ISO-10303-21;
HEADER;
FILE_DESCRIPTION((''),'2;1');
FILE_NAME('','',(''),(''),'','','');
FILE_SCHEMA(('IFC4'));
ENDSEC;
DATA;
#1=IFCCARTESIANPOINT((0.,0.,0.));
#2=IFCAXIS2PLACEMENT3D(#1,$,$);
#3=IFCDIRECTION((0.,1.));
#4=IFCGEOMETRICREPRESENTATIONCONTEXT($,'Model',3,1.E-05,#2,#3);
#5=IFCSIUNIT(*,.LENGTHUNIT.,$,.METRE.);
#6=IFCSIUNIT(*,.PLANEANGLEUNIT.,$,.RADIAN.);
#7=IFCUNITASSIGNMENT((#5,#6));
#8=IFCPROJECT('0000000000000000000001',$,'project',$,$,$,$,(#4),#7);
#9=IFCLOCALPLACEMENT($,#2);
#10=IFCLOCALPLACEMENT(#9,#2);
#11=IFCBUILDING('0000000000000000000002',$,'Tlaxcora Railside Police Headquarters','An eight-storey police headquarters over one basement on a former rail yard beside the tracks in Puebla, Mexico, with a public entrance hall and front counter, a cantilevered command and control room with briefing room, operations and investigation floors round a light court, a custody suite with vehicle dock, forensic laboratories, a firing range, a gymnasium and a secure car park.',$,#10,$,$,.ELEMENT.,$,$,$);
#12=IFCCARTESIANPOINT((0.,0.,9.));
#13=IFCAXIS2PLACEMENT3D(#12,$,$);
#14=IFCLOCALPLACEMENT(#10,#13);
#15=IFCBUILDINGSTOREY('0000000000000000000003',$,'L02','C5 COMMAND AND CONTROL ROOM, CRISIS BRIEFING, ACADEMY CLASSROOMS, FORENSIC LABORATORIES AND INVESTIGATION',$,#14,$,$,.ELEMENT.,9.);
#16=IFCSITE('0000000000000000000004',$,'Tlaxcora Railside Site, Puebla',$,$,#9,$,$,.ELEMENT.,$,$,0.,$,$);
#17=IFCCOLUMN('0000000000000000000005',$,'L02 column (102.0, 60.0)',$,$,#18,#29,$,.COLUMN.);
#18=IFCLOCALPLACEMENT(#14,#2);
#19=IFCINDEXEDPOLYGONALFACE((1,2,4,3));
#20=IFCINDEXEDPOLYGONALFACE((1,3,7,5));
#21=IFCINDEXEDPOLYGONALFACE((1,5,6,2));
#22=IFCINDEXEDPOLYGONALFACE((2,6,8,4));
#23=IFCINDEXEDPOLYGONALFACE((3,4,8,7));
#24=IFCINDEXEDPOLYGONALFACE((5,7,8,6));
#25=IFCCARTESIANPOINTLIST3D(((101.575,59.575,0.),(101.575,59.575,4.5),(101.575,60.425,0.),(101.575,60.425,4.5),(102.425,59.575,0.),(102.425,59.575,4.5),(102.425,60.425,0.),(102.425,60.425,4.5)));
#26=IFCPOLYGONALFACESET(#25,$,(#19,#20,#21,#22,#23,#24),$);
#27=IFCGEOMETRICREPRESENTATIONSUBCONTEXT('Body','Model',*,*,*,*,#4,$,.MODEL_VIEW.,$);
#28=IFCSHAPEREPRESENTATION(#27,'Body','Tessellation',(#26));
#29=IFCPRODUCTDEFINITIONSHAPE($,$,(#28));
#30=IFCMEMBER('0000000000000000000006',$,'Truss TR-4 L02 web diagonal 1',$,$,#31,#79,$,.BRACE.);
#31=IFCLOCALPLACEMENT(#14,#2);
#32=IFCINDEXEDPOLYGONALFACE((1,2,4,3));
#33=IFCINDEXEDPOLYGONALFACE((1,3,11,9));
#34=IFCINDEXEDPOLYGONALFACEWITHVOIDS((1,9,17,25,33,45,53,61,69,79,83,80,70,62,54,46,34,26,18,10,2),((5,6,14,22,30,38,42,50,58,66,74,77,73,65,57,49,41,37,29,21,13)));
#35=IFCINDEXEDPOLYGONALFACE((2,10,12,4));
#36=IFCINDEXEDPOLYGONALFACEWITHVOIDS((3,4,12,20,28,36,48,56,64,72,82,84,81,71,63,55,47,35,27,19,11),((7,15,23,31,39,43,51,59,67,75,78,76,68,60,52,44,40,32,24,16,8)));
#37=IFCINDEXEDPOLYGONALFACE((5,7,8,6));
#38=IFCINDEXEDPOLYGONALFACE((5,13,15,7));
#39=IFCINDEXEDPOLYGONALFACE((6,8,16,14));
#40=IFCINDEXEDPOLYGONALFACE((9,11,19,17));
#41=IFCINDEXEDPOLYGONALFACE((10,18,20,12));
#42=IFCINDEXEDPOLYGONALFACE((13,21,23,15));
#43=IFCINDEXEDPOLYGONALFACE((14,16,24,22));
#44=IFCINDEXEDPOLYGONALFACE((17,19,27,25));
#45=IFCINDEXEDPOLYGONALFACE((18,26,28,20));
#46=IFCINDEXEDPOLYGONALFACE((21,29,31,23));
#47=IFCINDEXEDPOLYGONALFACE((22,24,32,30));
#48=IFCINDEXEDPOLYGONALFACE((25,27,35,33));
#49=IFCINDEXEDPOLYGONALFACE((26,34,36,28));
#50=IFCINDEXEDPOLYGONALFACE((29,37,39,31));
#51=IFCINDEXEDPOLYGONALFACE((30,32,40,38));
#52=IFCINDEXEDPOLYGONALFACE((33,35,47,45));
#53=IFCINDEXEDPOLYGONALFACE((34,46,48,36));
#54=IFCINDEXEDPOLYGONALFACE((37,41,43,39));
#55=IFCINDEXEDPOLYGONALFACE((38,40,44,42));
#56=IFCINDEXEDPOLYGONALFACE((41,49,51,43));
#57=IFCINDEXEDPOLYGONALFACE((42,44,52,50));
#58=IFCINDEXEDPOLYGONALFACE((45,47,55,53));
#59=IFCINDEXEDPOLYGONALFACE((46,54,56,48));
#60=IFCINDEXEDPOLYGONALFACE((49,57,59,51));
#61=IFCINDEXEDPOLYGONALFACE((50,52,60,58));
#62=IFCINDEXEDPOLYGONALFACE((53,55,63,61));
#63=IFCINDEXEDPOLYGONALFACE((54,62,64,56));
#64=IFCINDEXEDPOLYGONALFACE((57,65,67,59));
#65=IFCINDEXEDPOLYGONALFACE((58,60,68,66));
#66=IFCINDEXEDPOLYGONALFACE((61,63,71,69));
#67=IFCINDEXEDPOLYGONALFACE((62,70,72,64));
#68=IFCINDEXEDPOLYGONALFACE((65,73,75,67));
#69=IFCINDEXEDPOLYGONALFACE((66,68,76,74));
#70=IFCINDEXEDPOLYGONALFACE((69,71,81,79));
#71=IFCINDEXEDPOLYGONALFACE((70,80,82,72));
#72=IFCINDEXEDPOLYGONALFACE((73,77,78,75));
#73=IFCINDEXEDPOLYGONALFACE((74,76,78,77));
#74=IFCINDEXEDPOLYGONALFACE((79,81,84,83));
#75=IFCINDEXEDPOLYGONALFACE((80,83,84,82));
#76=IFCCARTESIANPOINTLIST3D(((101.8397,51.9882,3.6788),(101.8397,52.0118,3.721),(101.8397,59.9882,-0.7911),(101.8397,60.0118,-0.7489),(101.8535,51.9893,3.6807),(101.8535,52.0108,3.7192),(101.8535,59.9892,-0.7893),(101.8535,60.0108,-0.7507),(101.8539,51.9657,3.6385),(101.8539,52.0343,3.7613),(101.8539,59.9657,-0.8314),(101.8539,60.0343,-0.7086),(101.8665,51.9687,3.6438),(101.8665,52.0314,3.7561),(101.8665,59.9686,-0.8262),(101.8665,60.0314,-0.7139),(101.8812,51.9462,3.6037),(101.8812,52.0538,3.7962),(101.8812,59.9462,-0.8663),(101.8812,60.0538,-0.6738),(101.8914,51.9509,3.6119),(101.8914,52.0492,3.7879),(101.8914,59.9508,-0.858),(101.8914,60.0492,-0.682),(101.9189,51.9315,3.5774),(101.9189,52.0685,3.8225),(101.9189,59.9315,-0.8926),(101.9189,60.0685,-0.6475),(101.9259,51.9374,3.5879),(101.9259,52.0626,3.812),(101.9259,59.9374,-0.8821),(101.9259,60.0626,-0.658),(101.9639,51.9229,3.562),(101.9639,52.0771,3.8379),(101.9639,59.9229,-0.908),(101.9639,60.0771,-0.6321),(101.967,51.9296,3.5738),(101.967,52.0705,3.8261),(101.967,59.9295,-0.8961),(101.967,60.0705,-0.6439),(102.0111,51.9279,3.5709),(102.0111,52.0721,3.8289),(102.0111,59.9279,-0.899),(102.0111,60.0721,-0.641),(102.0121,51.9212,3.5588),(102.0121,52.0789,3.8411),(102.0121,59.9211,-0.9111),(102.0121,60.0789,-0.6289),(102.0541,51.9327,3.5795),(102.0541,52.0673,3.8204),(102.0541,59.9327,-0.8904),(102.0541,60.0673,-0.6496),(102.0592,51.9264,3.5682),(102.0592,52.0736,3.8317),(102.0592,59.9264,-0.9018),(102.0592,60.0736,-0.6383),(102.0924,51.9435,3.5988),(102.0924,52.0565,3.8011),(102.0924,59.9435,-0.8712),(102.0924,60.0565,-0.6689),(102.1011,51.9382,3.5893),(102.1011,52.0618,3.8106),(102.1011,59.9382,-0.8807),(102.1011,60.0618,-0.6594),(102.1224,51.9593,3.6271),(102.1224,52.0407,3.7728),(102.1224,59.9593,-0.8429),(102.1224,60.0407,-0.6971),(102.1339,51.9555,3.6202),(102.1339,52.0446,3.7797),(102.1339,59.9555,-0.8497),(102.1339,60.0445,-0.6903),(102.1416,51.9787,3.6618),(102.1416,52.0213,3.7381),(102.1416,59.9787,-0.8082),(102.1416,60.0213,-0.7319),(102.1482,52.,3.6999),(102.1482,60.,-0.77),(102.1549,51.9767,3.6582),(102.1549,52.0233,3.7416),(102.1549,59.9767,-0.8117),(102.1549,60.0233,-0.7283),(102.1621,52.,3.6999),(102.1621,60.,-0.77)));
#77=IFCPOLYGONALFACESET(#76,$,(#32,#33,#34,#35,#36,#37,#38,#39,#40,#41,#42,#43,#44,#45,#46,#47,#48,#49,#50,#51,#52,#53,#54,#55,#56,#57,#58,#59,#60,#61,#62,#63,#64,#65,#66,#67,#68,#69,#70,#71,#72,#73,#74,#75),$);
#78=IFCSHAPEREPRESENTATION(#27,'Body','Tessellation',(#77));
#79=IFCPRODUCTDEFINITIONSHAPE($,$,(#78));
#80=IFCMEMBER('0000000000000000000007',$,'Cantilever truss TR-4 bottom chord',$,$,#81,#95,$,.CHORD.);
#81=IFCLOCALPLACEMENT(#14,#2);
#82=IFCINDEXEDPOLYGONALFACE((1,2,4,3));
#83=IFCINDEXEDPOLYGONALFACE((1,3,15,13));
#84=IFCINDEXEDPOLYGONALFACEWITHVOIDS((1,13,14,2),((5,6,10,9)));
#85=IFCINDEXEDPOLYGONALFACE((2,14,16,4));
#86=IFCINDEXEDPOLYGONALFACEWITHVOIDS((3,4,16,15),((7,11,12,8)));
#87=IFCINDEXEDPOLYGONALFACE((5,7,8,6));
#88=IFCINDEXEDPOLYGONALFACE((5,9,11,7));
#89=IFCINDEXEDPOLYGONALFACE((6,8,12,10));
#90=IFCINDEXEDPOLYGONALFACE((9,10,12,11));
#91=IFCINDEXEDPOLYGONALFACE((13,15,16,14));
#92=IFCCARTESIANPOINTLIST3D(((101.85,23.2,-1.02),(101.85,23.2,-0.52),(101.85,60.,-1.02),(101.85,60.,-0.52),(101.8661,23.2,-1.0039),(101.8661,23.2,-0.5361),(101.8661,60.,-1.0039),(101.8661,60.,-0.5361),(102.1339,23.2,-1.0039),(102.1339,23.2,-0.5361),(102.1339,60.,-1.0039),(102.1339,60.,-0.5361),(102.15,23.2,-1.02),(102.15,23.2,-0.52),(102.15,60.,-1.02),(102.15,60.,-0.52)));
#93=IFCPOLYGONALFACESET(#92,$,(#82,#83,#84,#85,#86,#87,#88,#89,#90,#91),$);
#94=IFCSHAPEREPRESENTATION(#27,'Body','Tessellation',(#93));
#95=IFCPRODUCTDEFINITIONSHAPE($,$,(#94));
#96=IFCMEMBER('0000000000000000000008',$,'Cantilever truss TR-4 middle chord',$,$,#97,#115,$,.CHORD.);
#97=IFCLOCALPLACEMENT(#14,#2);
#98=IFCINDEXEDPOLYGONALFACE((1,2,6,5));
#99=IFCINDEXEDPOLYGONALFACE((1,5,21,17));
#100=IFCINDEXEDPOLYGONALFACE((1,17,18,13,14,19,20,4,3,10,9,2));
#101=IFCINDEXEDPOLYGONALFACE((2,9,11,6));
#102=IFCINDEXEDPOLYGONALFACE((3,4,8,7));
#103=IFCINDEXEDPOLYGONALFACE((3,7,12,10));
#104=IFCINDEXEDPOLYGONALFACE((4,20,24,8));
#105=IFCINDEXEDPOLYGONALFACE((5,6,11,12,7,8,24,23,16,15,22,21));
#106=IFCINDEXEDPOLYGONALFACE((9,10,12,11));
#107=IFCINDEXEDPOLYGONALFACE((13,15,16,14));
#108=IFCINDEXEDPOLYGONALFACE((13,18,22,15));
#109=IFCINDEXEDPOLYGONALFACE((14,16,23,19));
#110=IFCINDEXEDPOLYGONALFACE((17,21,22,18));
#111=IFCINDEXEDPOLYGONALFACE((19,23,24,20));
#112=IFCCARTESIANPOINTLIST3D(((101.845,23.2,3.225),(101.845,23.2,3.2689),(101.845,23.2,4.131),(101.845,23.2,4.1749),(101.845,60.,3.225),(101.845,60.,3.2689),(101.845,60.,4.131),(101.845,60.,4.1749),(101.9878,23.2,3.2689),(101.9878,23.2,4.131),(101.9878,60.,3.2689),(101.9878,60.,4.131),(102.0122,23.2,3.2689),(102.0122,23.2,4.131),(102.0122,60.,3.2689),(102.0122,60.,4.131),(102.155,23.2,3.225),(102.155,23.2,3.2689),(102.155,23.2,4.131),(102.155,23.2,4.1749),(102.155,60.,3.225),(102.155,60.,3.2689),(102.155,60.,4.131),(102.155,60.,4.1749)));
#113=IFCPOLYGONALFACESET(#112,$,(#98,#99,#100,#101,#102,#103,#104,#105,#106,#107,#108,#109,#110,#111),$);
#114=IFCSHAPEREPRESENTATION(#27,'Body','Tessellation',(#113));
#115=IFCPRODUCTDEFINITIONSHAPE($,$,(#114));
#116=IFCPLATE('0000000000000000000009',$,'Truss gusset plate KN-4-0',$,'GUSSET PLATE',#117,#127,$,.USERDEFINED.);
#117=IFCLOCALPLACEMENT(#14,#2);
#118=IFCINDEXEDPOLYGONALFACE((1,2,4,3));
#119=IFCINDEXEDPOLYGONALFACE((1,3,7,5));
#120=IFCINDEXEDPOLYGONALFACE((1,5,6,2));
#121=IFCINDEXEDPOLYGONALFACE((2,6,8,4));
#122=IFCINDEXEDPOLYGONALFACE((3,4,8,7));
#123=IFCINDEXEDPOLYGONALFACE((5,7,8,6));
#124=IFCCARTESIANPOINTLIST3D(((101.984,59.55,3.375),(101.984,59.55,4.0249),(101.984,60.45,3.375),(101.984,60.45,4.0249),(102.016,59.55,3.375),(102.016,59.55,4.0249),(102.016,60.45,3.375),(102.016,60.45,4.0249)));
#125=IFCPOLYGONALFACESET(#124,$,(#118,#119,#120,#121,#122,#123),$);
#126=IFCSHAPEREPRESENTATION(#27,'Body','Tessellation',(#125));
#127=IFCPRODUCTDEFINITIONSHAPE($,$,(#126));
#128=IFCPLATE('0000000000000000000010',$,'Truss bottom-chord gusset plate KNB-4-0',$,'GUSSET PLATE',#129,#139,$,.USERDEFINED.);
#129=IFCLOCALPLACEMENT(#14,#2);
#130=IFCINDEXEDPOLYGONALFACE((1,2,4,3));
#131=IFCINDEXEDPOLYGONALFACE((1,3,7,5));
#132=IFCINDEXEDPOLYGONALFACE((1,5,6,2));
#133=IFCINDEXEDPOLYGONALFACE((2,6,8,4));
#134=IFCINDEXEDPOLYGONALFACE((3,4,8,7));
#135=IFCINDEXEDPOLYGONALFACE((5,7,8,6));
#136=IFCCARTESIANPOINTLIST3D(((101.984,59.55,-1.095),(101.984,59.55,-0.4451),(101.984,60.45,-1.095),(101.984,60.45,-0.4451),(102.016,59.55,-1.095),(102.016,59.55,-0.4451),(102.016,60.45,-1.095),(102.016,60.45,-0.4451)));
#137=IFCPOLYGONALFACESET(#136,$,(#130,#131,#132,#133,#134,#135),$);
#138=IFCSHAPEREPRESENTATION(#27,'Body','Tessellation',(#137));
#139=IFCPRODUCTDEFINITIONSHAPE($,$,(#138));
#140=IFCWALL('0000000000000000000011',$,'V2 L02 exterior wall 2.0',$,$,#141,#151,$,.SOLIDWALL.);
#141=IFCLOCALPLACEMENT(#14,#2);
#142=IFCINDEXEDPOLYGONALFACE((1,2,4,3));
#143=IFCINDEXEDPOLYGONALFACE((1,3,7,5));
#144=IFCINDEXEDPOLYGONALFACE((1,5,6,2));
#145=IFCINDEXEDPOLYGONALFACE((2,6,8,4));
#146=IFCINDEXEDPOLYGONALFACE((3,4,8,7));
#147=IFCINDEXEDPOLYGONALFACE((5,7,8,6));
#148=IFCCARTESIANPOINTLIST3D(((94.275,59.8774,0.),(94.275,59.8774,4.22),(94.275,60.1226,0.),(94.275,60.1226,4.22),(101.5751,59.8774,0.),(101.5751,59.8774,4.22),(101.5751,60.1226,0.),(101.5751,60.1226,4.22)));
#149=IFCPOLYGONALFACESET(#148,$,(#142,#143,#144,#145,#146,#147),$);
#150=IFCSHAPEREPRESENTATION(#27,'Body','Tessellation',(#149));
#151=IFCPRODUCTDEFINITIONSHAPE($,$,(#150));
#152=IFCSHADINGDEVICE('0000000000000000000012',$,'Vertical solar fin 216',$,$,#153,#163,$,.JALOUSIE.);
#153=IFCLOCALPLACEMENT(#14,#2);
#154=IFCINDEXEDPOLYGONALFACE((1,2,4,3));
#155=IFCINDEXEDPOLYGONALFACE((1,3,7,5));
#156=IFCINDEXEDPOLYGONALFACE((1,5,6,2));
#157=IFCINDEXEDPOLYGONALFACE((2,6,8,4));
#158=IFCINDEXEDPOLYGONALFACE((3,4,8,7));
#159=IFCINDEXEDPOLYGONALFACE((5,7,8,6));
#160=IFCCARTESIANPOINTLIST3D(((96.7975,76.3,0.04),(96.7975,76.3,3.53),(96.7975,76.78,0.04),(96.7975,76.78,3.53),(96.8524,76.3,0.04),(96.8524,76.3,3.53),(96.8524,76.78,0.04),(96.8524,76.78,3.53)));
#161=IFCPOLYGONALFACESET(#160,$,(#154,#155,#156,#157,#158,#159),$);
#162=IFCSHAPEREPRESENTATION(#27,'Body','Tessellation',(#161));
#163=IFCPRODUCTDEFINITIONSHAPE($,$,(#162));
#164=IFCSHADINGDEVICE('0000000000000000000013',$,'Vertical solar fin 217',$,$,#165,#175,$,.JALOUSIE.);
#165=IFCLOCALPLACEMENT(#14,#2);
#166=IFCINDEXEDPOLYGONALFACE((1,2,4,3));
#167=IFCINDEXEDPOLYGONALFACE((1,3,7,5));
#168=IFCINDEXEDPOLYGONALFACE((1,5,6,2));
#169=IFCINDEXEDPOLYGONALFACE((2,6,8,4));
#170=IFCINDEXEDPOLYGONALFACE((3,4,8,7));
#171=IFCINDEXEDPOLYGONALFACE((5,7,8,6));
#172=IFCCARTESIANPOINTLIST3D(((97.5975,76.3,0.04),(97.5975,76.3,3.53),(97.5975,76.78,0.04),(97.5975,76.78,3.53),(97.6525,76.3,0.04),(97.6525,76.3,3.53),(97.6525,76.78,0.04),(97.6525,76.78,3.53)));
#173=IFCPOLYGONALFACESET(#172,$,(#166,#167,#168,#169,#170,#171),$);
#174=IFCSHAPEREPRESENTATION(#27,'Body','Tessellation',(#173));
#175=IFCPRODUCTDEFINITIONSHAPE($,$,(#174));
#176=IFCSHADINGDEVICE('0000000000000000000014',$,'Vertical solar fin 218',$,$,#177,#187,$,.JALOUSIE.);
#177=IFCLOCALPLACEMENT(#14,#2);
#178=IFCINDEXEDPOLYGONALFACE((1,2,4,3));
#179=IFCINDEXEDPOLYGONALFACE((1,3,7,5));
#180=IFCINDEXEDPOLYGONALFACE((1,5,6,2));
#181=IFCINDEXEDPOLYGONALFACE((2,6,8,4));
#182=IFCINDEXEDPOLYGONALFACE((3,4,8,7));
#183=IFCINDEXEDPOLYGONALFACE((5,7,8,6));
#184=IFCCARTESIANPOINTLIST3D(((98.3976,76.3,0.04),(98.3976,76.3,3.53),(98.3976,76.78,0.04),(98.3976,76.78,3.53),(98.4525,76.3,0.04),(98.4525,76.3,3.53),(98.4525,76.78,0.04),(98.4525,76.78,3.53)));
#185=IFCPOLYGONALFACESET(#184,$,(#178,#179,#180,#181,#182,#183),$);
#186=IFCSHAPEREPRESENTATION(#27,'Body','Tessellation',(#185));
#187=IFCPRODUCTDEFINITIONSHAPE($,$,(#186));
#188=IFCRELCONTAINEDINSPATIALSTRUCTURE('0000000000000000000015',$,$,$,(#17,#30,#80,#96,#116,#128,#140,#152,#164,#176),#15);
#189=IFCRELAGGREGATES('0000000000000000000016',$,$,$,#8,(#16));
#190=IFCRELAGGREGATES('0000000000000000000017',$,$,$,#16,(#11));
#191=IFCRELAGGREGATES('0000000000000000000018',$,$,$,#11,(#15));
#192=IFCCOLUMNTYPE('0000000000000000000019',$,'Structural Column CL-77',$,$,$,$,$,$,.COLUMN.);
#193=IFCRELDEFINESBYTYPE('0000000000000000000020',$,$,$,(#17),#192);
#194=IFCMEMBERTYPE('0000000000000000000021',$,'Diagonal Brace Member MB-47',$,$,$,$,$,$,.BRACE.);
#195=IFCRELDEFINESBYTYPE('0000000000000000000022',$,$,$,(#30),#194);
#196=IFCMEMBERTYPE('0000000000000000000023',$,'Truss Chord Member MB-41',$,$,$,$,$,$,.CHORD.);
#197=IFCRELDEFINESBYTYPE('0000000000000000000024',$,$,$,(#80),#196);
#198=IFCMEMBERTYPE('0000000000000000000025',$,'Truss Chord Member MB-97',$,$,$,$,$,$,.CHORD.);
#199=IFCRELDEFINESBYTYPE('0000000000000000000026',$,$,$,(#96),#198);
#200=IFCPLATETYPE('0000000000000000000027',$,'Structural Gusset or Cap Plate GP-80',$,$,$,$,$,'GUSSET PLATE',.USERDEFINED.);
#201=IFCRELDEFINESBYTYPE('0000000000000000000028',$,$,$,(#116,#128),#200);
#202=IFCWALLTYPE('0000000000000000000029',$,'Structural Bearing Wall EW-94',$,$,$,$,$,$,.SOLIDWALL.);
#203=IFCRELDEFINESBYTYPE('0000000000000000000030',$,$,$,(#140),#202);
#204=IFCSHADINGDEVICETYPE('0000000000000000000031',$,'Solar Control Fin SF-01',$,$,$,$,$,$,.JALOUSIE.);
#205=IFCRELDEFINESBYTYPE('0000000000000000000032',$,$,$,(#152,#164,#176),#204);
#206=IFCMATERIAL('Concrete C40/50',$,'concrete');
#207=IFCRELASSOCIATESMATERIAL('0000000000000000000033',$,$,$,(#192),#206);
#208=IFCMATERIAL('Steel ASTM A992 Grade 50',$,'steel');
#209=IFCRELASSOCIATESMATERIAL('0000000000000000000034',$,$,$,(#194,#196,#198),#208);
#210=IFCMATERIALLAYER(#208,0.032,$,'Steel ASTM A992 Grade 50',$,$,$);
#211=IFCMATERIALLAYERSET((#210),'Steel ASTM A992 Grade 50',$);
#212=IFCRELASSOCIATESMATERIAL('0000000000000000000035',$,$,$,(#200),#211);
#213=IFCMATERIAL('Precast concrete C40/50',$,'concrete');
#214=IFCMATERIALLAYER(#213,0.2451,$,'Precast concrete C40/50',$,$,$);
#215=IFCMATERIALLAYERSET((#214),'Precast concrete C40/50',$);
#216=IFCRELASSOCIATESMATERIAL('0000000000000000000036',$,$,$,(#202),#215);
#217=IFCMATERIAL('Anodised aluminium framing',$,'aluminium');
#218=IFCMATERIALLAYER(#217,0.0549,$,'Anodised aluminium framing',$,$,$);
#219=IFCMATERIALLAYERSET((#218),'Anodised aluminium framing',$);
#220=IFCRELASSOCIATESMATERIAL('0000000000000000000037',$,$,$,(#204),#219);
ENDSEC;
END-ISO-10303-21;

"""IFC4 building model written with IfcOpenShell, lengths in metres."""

from ifc_helpers import new_model, si_unit, direction, frame, frame_2d, origin, origin_2d, place, context, subcontext, project, spatial, rectangle, hollow_rectangle, hollow_circle, i_section, extrude, material, layer, layer_set, material_profile, profile_set, type_object, element, save


model = new_model("IFC4")

# Units and contexts
model_context = context("Model", 3, precision=1e-05, world=origin(), true_north=direction((0.0, 1.0)))
body_context = subcontext(model_context, "Body", "Model", "MODEL_VIEW")
ifc_project = project(units=[si_unit("LENGTHUNIT", "METRE"), si_unit("PLANEANGLEUNIT", "RADIAN")], contexts=[model_context])

# Site, building, storey
site_placement = place(None, origin())
site = spatial("IfcSite", under=ifc_project, at=site_placement, Name="Tlaxcora Railside Site, Puebla", CompositionType="ELEMENT", RefElevation=0.0)
building_placement = place(site_placement, origin())
building = spatial("IfcBuilding", under=site, at=building_placement, Name="Tlaxcora Railside Police Headquarters", Description="An eight-storey police headquarters over one basement on a former rail yard beside the tracks in Puebla, Mexico, with a public entrance hall and front counter, a cantilevered command and control room with briefing room, operations and investigation floors round a light court, a custody suite with vehicle dock, forensic laboratories, a firing range, a gymnasium and a secure car park.", CompositionType="ELEMENT")
storey_placement = place(building_placement, frame((0.0, 0.0, 9.0)))
storey = spatial("IfcBuildingStorey", under=building, at=storey_placement, Name="L02", Description="C5 COMMAND AND CONTROL ROOM, CRISIS BRIEFING, ACADEMY CLASSROOMS, FORENSIC LABORATORIES AND INVESTIGATION", CompositionType="ELEMENT", Elevation=9.0)

# Column
ifc_material_1 = material(Name="Concrete C40/50", Category="concrete")
ifc_material_profile_1 = material_profile(ifc_material_1, rectangle(XDim=0.8501, YDim=0.8501, at=origin_2d()), Name="RC850X850")
ifc_profile_set_1 = profile_set([ifc_material_profile_1], Name="Concrete C40/50")
column_type = type_object("IfcColumnType", Name="Structural Column CL-77", PredefinedType="COLUMN", material=ifc_profile_set_1)
column_placement = place(storey_placement, frame((102.0, 60.0, 0.0), z_axis=(0.0, 0.0, 1.0), x_axis=(1.0, 0.0, 0.0)))
element("IfcColumn", 1, at=column_placement, inside=storey, type_object=column_type, Name="L02 column (102.0, 60.0)", PredefinedType="COLUMN", context=body_context, shape_type="SweptSolid", body=[
    extrude(rectangle(XDim=0.8501, YDim=0.8501, at=origin_2d()), origin(), (0.0, 0.0, 1.0), 4.5),
])

# Members
ifc_material_2 = material(Name="Steel ASTM A992 Grade 50", Category="steel")
ifc_material_profile_2 = material_profile(ifc_material_2, hollow_circle(Radius=0.1621, WallThickness=0.0139, at=origin_2d()), Name="CHS324X14")
ifc_profile_set_2 = profile_set([ifc_material_profile_2], Name="Steel ASTM A992 Grade 50")
member_type_1 = type_object("IfcMemberType", Name="Diagonal Brace Member MB-47", PredefinedType="BRACE", material=ifc_profile_set_2)
member_1_placement = place(storey_placement, frame((102.0, 60.0, -0.77), z_axis=(0.0, -0.872972, 0.48777), x_axis=(1.0, 0.0, 0.0)))
element("IfcMember", 2, at=member_1_placement, inside=storey, type_object=member_type_1, Name="Truss TR-4 L02 web diagonal 1", PredefinedType="BRACE", context=body_context, shape_type="SweptSolid", body=[
    extrude(hollow_circle(Radius=0.1621, WallThickness=0.0139, at=origin_2d()), origin(), (0.0, 0.0, 1.0), 9.1641),
])
ifc_material_profile_3 = material_profile(ifc_material_2, hollow_rectangle(XDim=0.3, YDim=0.5, WallThickness=0.0161, at=origin_2d()), Name="HSS500X300X16")
ifc_profile_set_3 = profile_set([ifc_material_profile_3], Name="Steel ASTM A992 Grade 50")
member_type_2 = type_object("IfcMemberType", Name="Truss Chord Member MB-41", PredefinedType="CHORD", material=ifc_profile_set_3)
member_2_placement = place(storey_placement, frame((102.0, 60.0, -0.77), z_axis=(0.0, -1.0, 0.0), x_axis=(1.0, 0.0, 0.0)))
element("IfcMember", 3, at=member_2_placement, inside=storey, type_object=member_type_2, Name="Cantilever truss TR-4 bottom chord", PredefinedType="CHORD", context=body_context, shape_type="SweptSolid", body=[
    extrude(hollow_rectangle(XDim=0.3, YDim=0.5, WallThickness=0.0161, at=origin_2d()), origin(), (0.0, 0.0, 1.0), 36.8),
])
ifc_material_profile_4 = material_profile(ifc_material_2, i_section(OverallWidth=0.3101, OverallDepth=0.95, WebThickness=0.0244, FlangeThickness=0.0439, at=origin_2d()), Name="W36X256")
ifc_profile_set_4 = profile_set([ifc_material_profile_4], Name="Steel ASTM A992 Grade 50")
member_type_3 = type_object("IfcMemberType", Name="Truss Chord Member MB-97", PredefinedType="CHORD", material=ifc_profile_set_4)
member_3_placement = place(storey_placement, frame((102.0, 60.0, 3.7), z_axis=(0.0, -1.0, 0.0), x_axis=(1.0, 0.0, 0.0)))
element("IfcMember", 4, at=member_3_placement, inside=storey, type_object=member_type_3, Name="Cantilever truss TR-4 middle chord", PredefinedType="CHORD", context=body_context, shape_type="SweptSolid", body=[
    extrude(i_section(OverallWidth=0.3101, OverallDepth=0.95, WebThickness=0.0244, FlangeThickness=0.0439, at=origin_2d()), origin(), (0.0, 0.0, 1.0), 36.8),
])

# Plates
ifc_layer_1 = layer(ifc_material_2, 0.032, Name="Steel ASTM A992 Grade 50")
ifc_layer_set_1 = layer_set([ifc_layer_1], Name="Steel ASTM A992 Grade 50")
plate_type = type_object("IfcPlateType", Name="Structural Gusset or Cap Plate GP-80", ElementType="GUSSET PLATE", PredefinedType="USERDEFINED", material=ifc_layer_set_1)
for number, where, z_axis, x_axis, name in (
    (5, (102.0, 60.0, 3.375), (0.0, 0.0, 1.0), (0.0, 1.0, 0.0), "Truss gusset plate KN-4-0"),
    (6, (102.0, 60.0, -1.095), (0.0, 0.0, 1.0), (0.0, 1.0, 0.0), "Truss bottom-chord gusset plate KNB-4-0"),
):
    element("IfcPlate", number, at=place(storey_placement, frame(where, z_axis=z_axis, x_axis=x_axis)), inside=storey, type_object=plate_type, Name=name, ObjectType="GUSSET PLATE", PredefinedType="USERDEFINED", context=body_context, shape_type="SweptSolid", body=[
        extrude(rectangle(XDim=0.8999, YDim=0.032, at=origin_2d()), origin(), (0.0, 0.0, 1.0), 0.6499),
    ])

# Wall
ifc_material_3 = material(Name="Precast concrete C40/50", Category="concrete")
ifc_layer_2 = layer(ifc_material_3, 0.2451, Name="Precast concrete C40/50")
ifc_layer_set_2 = layer_set([ifc_layer_2], Name="Precast concrete C40/50")
wall_type = type_object("IfcWallType", Name="Structural Bearing Wall EW-94", PredefinedType="SOLIDWALL", material=ifc_layer_set_2)
wall_placement = place(storey_placement, frame((101.575, 60.0, 0.0), z_axis=(0.0, 0.0, 1.0), x_axis=(-1.0, 0.0, 0.0)))
element("IfcWall", 7, at=wall_placement, inside=storey, type_object=wall_type, Name="V2 L02 exterior wall 2.0", PredefinedType="SOLIDWALL", context=body_context, shape_type="SweptSolid", body=[
    extrude(rectangle(XDim=7.3, YDim=0.2451, at=frame_2d((3.6499, 0.0))), origin(), (0.0, 0.0, 1.0), 4.22),
])

# Shading devices
ifc_material_4 = material(Name="Anodised aluminium framing", Category="aluminium")
ifc_layer_3 = layer(ifc_material_4, 0.0549, Name="Anodised aluminium framing")
ifc_layer_set_3 = layer_set([ifc_layer_3], Name="Anodised aluminium framing")
shading_device_type_1 = type_object("IfcShadingDeviceType", Name="Solar Control Fin SF-01", PredefinedType="JALOUSIE", material=ifc_layer_set_3)
for number, where, z_axis, x_axis, name in (
    (8, (96.825, 76.54, 0.04), (0.0, 0.0, 1.0), (0.0, -1.0, 0.0), "Vertical solar fin 216"),
    (9, (97.625, 76.54, 0.04), (0.0, 0.0, 1.0), (0.0, -1.0, 0.0), "Vertical solar fin 217"),
    (10, (98.425, 76.54, 0.04), (0.0, 0.0, 1.0), (0.0, -1.0, 0.0), "Vertical solar fin 218"),
):
    element("IfcShadingDevice", number, at=place(storey_placement, frame(where, z_axis=z_axis, x_axis=x_axis)), inside=storey, type_object=shading_device_type_1, Name=name, PredefinedType="JALOUSIE", context=body_context, shape_type="SweptSolid", body=[
        extrude(rectangle(XDim=0.48, YDim=0.0549, at=origin_2d()), origin(), (0.0, 0.0, 1.0), 3.49),
    ])

save(model, "model.ifc")
